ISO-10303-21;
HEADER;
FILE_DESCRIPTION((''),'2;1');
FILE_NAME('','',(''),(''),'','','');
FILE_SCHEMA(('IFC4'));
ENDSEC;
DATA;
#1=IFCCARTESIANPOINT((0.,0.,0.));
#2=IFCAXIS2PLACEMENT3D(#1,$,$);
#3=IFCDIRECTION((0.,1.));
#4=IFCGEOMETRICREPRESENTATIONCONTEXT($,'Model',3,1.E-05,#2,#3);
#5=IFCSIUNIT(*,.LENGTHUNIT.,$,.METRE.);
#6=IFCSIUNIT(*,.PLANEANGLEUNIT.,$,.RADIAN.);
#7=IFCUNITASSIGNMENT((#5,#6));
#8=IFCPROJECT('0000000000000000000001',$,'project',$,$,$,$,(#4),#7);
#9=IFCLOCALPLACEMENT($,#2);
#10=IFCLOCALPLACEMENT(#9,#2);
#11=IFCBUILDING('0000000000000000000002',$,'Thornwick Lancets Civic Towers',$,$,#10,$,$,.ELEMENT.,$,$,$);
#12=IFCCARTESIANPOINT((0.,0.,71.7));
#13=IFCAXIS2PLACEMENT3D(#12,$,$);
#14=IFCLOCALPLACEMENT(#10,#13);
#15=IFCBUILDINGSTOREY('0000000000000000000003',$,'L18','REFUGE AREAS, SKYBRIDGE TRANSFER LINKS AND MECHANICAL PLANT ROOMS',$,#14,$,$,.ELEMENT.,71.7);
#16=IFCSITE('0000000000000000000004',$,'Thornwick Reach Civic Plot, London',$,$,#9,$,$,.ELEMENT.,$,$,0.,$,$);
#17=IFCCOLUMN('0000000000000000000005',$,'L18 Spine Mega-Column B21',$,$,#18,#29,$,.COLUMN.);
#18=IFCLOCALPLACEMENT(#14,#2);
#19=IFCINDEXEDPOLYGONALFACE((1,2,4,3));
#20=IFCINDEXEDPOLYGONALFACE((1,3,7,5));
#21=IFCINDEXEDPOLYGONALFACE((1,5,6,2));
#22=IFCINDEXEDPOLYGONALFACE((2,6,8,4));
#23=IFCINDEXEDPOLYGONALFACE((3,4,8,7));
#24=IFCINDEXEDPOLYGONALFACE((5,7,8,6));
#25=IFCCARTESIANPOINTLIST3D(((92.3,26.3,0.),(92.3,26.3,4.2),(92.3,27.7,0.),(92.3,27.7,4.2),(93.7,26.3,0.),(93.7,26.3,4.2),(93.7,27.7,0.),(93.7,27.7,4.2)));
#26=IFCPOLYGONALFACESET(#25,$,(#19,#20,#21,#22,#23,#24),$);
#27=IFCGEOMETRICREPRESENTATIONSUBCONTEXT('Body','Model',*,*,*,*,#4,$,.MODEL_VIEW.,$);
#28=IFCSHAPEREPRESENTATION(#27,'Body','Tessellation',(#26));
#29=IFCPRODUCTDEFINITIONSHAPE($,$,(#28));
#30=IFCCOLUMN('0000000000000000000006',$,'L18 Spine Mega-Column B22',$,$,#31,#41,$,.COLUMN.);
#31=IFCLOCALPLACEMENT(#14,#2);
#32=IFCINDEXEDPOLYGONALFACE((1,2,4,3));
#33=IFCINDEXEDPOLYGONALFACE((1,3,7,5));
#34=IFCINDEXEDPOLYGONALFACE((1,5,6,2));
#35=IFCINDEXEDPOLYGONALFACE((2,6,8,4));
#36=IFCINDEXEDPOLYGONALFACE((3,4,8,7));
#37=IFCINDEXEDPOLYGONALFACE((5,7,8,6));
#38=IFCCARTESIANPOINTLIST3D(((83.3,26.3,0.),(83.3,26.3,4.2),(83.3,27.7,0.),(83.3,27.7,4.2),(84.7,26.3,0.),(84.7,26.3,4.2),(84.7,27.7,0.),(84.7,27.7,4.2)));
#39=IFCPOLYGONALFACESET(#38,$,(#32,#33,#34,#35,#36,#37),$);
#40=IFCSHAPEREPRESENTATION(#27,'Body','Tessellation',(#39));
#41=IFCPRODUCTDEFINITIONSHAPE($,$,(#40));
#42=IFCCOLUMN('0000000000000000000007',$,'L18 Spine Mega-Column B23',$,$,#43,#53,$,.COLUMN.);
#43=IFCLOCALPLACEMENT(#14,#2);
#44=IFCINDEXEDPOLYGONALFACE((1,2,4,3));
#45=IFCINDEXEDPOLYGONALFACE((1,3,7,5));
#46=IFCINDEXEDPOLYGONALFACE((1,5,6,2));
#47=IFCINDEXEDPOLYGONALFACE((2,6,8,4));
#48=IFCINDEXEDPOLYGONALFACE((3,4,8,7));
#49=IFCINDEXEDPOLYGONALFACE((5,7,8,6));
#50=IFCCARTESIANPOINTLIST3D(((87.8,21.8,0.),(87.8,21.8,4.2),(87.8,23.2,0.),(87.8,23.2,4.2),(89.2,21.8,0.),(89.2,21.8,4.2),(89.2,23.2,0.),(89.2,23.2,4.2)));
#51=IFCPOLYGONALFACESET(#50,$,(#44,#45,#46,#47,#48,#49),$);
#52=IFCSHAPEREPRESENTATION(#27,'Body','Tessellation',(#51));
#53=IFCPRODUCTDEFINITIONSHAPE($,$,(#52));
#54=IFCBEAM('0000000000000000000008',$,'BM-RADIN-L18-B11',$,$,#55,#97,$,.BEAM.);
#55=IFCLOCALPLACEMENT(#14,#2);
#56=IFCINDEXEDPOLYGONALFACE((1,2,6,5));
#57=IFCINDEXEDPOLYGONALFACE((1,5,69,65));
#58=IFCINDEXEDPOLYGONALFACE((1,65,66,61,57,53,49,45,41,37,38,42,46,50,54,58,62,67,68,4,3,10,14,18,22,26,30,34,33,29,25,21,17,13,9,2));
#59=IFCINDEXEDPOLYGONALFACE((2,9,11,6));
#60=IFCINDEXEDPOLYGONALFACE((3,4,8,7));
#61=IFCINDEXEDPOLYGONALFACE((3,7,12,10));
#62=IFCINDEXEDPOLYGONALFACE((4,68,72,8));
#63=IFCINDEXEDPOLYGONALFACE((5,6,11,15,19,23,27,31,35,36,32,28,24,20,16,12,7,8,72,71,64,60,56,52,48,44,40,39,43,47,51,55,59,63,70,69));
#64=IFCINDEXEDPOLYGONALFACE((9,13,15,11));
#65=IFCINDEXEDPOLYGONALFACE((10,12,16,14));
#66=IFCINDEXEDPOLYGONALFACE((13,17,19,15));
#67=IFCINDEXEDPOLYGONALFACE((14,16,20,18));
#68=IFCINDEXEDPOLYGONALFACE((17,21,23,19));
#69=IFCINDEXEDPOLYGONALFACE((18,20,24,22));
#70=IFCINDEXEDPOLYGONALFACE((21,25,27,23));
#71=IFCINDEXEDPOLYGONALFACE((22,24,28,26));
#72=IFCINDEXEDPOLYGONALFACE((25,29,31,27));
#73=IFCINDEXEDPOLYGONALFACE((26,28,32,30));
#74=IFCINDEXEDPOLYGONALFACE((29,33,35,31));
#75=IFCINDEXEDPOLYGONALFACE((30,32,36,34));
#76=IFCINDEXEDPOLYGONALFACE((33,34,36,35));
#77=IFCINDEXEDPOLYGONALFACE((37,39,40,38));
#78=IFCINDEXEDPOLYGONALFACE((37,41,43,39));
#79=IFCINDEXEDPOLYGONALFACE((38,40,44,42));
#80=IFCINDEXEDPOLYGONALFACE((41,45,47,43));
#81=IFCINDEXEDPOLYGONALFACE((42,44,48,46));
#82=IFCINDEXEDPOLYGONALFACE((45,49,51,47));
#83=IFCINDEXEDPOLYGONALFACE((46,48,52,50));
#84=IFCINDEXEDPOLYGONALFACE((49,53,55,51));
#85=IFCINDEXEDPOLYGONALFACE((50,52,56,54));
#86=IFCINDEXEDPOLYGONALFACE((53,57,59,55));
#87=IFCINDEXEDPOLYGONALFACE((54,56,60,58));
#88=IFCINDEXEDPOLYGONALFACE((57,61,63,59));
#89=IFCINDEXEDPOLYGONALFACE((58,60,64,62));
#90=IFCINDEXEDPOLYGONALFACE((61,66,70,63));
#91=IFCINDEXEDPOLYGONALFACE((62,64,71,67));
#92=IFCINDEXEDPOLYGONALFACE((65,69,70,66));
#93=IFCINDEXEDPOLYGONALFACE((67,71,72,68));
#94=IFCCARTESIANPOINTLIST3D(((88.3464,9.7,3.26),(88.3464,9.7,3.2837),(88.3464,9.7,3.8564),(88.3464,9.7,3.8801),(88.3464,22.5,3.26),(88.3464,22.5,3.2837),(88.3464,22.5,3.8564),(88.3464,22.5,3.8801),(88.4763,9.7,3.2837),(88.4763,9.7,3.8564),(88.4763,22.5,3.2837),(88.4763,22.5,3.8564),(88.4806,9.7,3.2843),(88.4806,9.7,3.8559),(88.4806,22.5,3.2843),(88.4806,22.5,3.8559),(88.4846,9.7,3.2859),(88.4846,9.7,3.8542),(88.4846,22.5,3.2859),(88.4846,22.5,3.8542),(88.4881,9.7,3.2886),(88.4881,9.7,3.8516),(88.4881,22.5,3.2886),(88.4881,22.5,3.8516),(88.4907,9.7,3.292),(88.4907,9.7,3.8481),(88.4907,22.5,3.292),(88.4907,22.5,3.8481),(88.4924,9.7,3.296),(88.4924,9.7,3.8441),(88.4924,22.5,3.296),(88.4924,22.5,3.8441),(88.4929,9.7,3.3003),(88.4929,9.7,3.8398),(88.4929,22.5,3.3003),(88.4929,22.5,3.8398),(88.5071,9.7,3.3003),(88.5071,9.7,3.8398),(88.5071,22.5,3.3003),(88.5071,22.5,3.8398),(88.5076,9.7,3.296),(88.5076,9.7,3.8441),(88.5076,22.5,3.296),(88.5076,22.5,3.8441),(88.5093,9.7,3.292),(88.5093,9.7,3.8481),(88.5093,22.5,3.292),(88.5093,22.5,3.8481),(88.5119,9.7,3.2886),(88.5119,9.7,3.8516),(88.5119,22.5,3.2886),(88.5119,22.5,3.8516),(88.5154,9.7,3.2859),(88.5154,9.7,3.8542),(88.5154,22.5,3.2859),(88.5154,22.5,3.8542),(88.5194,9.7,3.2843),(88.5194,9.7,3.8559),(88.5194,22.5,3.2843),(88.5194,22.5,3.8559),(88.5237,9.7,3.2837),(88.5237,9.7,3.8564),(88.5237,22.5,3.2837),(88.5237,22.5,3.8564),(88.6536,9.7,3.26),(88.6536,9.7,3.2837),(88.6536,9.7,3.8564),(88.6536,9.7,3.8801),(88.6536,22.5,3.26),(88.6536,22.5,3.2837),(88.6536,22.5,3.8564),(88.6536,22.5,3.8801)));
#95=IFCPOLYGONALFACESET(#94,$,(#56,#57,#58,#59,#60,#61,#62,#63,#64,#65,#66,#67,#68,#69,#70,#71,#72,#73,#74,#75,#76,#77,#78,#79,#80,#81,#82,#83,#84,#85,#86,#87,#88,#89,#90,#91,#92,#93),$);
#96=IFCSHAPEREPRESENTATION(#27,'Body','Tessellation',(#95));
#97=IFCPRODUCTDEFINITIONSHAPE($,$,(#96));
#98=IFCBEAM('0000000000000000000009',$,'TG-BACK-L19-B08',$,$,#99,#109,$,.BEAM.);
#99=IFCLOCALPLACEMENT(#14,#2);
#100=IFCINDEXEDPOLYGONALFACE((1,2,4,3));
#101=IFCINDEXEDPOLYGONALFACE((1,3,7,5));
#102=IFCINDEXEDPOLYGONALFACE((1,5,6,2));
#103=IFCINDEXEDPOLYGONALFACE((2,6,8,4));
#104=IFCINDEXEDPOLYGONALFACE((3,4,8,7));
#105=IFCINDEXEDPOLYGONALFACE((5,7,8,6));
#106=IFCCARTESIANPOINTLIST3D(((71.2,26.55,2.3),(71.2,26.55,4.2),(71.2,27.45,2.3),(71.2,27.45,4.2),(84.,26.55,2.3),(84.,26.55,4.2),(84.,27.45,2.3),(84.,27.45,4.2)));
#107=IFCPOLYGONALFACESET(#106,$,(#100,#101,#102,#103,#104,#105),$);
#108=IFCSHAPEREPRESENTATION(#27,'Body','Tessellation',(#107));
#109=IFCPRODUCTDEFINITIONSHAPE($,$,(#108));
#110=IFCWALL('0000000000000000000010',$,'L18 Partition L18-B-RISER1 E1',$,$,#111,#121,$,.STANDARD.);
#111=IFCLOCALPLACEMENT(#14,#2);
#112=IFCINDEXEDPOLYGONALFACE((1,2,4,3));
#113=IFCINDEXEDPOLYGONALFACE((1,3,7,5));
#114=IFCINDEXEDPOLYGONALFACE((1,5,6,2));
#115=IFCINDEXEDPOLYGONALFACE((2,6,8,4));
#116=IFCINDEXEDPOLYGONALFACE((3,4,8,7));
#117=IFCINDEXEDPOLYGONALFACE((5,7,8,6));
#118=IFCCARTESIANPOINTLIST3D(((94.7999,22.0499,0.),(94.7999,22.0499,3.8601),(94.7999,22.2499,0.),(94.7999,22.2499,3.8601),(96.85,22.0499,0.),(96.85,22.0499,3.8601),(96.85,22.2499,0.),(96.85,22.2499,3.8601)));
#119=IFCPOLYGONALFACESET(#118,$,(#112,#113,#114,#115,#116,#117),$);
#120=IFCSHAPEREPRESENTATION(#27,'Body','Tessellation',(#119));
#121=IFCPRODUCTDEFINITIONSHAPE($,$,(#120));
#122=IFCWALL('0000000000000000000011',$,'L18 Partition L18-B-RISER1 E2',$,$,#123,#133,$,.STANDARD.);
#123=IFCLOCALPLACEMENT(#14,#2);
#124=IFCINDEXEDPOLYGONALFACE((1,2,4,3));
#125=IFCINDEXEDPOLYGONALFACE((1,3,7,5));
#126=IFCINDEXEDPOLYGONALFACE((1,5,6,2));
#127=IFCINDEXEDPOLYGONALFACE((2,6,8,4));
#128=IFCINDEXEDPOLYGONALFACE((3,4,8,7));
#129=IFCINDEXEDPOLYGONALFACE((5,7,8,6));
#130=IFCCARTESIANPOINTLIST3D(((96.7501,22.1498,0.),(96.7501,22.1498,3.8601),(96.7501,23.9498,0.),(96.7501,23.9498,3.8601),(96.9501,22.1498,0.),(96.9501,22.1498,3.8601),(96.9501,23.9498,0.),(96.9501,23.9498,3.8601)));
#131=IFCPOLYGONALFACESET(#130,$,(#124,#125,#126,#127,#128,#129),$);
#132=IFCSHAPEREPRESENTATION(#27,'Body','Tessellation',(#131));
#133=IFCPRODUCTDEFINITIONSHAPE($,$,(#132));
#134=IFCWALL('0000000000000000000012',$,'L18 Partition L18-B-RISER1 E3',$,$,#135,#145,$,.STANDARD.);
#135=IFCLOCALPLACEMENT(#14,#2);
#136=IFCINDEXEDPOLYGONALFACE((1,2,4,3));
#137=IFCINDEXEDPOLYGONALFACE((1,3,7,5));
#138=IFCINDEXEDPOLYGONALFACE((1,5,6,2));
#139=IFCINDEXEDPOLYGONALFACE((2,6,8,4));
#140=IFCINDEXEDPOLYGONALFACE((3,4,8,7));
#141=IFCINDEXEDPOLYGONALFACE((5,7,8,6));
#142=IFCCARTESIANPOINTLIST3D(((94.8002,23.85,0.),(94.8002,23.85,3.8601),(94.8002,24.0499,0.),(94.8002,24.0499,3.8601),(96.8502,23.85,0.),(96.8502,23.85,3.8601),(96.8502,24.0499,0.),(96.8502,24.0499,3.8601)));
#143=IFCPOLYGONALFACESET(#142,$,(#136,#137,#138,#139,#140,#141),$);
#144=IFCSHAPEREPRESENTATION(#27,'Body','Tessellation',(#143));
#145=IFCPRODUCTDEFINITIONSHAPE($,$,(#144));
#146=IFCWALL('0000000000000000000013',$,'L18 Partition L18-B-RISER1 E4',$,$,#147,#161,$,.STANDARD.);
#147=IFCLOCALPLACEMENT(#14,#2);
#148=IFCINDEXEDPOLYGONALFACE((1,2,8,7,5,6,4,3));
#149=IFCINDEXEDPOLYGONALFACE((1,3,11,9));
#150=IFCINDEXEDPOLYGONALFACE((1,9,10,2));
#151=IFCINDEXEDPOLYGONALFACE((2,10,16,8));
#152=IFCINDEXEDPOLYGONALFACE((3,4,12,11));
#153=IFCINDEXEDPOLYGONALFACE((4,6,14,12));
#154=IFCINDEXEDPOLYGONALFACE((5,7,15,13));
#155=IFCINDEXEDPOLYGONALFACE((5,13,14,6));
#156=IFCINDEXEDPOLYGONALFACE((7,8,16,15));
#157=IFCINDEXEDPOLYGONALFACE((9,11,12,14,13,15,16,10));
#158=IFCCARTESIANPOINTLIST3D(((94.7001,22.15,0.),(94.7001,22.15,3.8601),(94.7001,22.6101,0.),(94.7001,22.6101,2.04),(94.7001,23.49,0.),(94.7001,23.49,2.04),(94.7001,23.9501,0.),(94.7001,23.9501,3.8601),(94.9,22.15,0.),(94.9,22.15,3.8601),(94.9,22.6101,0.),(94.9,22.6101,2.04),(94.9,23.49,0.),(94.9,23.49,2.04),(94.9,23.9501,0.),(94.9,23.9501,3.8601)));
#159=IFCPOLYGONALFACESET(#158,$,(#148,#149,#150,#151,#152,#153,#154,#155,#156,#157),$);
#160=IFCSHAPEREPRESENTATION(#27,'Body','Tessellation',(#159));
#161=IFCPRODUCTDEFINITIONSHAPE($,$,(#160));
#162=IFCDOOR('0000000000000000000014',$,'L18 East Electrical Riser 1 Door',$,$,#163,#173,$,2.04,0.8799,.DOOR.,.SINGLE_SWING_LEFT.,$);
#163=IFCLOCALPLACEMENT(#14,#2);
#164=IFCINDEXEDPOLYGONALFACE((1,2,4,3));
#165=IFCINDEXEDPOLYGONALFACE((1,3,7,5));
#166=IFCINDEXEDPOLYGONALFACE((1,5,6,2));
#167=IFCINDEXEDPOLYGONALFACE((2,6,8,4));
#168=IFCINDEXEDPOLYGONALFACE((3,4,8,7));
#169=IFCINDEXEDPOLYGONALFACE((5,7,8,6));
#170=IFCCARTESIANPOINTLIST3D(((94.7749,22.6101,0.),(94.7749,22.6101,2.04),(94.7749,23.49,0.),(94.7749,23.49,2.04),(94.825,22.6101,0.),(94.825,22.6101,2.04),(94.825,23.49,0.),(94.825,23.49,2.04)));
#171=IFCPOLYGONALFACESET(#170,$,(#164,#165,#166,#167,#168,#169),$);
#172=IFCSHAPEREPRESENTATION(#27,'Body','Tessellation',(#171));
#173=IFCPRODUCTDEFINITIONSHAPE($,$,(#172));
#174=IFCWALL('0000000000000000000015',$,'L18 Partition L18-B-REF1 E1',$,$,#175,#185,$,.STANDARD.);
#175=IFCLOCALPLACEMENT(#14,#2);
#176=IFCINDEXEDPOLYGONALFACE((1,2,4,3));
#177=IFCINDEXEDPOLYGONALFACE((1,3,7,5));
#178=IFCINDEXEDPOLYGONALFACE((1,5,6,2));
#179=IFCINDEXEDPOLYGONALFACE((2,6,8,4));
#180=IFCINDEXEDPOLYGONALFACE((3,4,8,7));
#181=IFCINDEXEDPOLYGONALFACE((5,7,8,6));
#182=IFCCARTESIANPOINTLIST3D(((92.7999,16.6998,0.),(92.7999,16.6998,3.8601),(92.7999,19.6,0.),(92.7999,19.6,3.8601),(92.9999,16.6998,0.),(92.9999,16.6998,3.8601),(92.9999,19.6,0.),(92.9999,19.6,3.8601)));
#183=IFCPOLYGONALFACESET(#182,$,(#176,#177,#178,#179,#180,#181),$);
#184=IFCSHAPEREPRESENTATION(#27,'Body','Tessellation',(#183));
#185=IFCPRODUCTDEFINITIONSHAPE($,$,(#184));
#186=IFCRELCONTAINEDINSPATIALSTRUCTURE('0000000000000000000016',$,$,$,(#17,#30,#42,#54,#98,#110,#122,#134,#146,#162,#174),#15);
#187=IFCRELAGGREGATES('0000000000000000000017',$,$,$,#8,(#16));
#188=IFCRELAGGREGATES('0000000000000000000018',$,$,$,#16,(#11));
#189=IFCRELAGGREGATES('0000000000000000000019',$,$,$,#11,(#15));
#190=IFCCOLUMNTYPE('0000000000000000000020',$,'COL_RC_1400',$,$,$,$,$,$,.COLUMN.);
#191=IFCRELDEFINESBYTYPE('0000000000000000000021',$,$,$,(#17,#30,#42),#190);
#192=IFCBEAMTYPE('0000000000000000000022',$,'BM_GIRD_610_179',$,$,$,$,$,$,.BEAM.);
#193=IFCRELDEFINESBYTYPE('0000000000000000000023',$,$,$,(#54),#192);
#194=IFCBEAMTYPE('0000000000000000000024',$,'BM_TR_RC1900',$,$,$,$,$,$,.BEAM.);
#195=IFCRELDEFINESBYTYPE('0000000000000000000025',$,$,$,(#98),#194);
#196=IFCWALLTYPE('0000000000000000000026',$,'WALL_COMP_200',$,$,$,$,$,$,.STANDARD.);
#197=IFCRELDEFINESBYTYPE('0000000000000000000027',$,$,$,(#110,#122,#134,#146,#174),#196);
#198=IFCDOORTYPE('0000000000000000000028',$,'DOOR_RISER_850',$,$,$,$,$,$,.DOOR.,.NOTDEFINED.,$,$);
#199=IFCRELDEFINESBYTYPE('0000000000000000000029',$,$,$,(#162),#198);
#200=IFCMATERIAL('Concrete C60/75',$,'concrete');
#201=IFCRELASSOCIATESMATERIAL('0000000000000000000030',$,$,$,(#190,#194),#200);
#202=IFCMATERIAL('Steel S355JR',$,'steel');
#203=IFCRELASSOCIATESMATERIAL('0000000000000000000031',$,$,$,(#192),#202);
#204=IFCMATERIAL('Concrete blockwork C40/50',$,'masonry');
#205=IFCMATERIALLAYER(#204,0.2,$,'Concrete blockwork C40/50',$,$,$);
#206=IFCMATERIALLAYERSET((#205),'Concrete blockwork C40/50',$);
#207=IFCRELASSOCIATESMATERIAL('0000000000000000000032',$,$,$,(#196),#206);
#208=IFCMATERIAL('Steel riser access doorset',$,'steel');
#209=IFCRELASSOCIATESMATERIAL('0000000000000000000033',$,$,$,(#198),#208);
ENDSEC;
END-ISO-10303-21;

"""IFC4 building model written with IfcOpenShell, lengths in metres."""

from ifc_helpers import new_model, si_unit, direction, frame, frame_2d, origin, origin_2d, place, context, subcontext, project, spatial, rectangle, i_section, extrude, material, layer, layer_set, material_profile, profile_set, type_object, element, fill, save


model = new_model("IFC4")

# Units and contexts
model_context = context("Model", 3, precision=1e-05, world=origin(), true_north=direction((0.0, 1.0)))
body_context = subcontext(model_context, "Body", "Model", "MODEL_VIEW")
ifc_project = project(units=[si_unit("LENGTHUNIT", "METRE"), si_unit("PLANEANGLEUNIT", "RADIAN")], contexts=[model_context])

# Site, building, storey
site_placement = place(None, origin())
site = spatial("IfcSite", under=ifc_project, at=site_placement, Name="Thornwick Reach Civic Plot, London", CompositionType="ELEMENT", RefElevation=0.0)
building_placement = place(site_placement, origin())
building = spatial("IfcBuilding", under=site, at=building_placement, Name="Thornwick Lancets Civic Towers", CompositionType="ELEMENT")
storey_placement = place(building_placement, frame((0.0, 0.0, 71.7)))
storey = spatial("IfcBuildingStorey", under=building, at=storey_placement, Name="L18", Description="REFUGE AREAS, SKYBRIDGE TRANSFER LINKS AND MECHANICAL PLANT ROOMS", CompositionType="ELEMENT", Elevation=71.7)

# Columns
ifc_material_1 = material(Name="Concrete C60/75", Category="concrete")
ifc_material_profile_1 = material_profile(ifc_material_1, rectangle(XDim=1.3999, YDim=1.3999, at=origin_2d()), Name="RC 1400x1400")
ifc_profile_set_1 = profile_set([ifc_material_profile_1], Name="Concrete C60/75")
column_type = type_object("IfcColumnType", Name="COL_RC_1400", PredefinedType="COLUMN", material=ifc_profile_set_1)
for number, where, z_axis, x_axis, name in (
    (1, (93.0, 27.0, 0.0), (0.0, 0.0, 1.0), (1.0, 0.0, 0.0), "L18 Spine Mega-Column B21"),
    (2, (84.0, 27.0, 0.0), (0.0, 0.0, 1.0), (1.0, 0.0, 0.0), "L18 Spine Mega-Column B22"),
    (3, (88.5, 22.5, 0.0), (0.0, 0.0, 1.0), (1.0, 0.0, 0.0), "L18 Spine Mega-Column B23"),
):
    element("IfcColumn", number, at=place(storey_placement, frame(where, z_axis=z_axis, x_axis=x_axis)), inside=storey, type_object=column_type, Name=name, PredefinedType="COLUMN", context=body_context, shape_type="SweptSolid", body=[
        extrude(rectangle(XDim=1.3999, YDim=1.3999, at=origin_2d()), origin(), (0.0, 0.0, 1.0), 4.2),
    ])

# Beams
ifc_material_2 = material(Name="Steel S355JR", Category="steel")
ifc_material_profile_2 = material_profile(ifc_material_2, i_section(OverallWidth=0.3071, OverallDepth=0.6201, WebThickness=0.0142, FlangeThickness=0.0237, FilletRadius=0.0166, at=origin_2d()), Name="UKB 610x305x179")
ifc_profile_set_2 = profile_set([ifc_material_profile_2], Name="Steel S355JR")
beam_type_1 = type_object("IfcBeamType", Name="BM_GIRD_610_179", PredefinedType="BEAM", material=ifc_profile_set_2)
beam_1_placement = place(storey_placement, frame((88.5, 22.5, 3.5701), z_axis=(0.0, -1.0, 0.0), x_axis=(1.0, 0.0, 0.0)))
element("IfcBeam", 4, at=beam_1_placement, inside=storey, type_object=beam_type_1, Name="BM-RADIN-L18-B11", PredefinedType="BEAM", context=body_context, shape_type="SweptSolid", body=[
    extrude(i_section(OverallWidth=0.3071, OverallDepth=0.6201, WebThickness=0.0142, FlangeThickness=0.0237, FilletRadius=0.0166, at=origin_2d()), origin(), (0.0, 0.0, 1.0), 12.8),
])
ifc_material_profile_3 = material_profile(ifc_material_1, rectangle(XDim=0.8999, YDim=1.8999, at=origin_2d()), Name="RC 900x1900")
ifc_profile_set_3 = profile_set([ifc_material_profile_3], Name="Concrete C60/75")
beam_type_2 = type_object("IfcBeamType", Name="BM_TR_RC1900", PredefinedType="BEAM", material=ifc_profile_set_3)
beam_2_placement = place(storey_placement, frame((84.0, 27.0, 3.25), z_axis=(-1.0, 0.0, 0.0), x_axis=(0.0, -1.0, 0.0)))
element("IfcBeam", 5, at=beam_2_placement, inside=storey, type_object=beam_type_2, Name="TG-BACK-L19-B08", PredefinedType="BEAM", context=body_context, shape_type="SweptSolid", body=[
    extrude(rectangle(XDim=0.8999, YDim=1.8999, at=origin_2d()), origin(), (0.0, 0.0, 1.0), 12.8),
])

# Walls
ifc_material_3 = material(Name="Concrete blockwork C40/50", Category="masonry")
ifc_layer_1 = layer(ifc_material_3, 0.2, Name="Concrete blockwork C40/50")
ifc_layer_set_1 = layer_set([ifc_layer_1], Name="Concrete blockwork C40/50")
wall_type_1 = type_object("IfcWallType", Name="WALL_COMP_200", PredefinedType="STANDARD", material=ifc_layer_set_1)
wall_1_placement = place(storey_placement, frame((94.8, 22.1499, 0.0), z_axis=(0.0, 0.0, 1.0), x_axis=(1.0, 0.0, 0.0)))
element("IfcWall", 6, at=wall_1_placement, inside=storey, type_object=wall_type_1, Name="L18 Partition L18-B-RISER1 E1", PredefinedType="STANDARD", context=body_context, shape_type="SweptSolid", body=[
    extrude(rectangle(XDim=2.05, YDim=0.2, at=frame_2d((1.0249, 0.0))), origin(), (0.0, 0.0, 1.0), 3.8601),
])
wall_2_placement = place(storey_placement, frame((96.8501, 22.1499, 0.0), z_axis=(0.0, 0.0, 1.0), x_axis=(0.0, 1.0, 0.0)))
element("IfcWall", 7, at=wall_2_placement, inside=storey, type_object=wall_type_1, Name="L18 Partition L18-B-RISER1 E2", PredefinedType="STANDARD", context=body_context, shape_type="SweptSolid", body=[
    extrude(rectangle(XDim=1.8, YDim=0.2, at=frame_2d((0.8999, 0.0))), origin(), (0.0, 0.0, 1.0), 3.8601),
])
wall_3_placement = place(storey_placement, frame((96.8501, 23.95, 0.0), z_axis=(0.0, 0.0, 1.0), x_axis=(-1.0, 0.0, 0.0)))
element("IfcWall", 8, at=wall_3_placement, inside=storey, type_object=wall_type_1, Name="L18 Partition L18-B-RISER1 E3", PredefinedType="STANDARD", context=body_context, shape_type="SweptSolid", body=[
    extrude(rectangle(XDim=2.05, YDim=0.2, at=frame_2d((1.0249, 0.0))), origin(), (0.0, 0.0, 1.0), 3.8601),
])

# Wall, opening, door
wall_4_placement = place(storey_placement, frame((94.8, 23.95, 0.0), z_axis=(0.0, 0.0, 1.0), x_axis=(0.0, -1.0, 0.0)))
wall_4 = element("IfcWall", 9, at=wall_4_placement, inside=storey, type_object=wall_type_1, Name="L18 Partition L18-B-RISER1 E4", PredefinedType="STANDARD", context=body_context, shape_type="SweptSolid", body=[
    extrude(rectangle(XDim=1.8, YDim=0.2, at=frame_2d((0.8999, 0.0))), origin(), (0.0, 0.0, 1.0), 3.8601),
])
opening_1_placement = place(wall_4_placement, frame((0.46, 0.0, 0.0)))
opening_1 = element("IfcOpeningElement", 10, at=opening_1_placement, cuts=wall_4, PredefinedType="OPENING", context=body_context, shape_type="SweptSolid", body=[
    extrude(rectangle(XDim=0.8799, YDim=2.04, at=frame_2d((0.4399, 1.02))), frame((0.0, 0.1099, 0.0), z_axis=(0.0, -1.0, 0.0), x_axis=(1.0, 0.0, 0.0)), (0.0, 0.0, 1.0), 0.22),
])
ifc_material_4 = material(Name="Steel riser access doorset", Category="steel")
door_type_1 = type_object("IfcDoorType", Name="DOOR_RISER_850", OperationType="NOTDEFINED", PredefinedType="DOOR", material=ifc_material_4)
door_1_placement = place(opening_1_placement, origin())
door_1 = element("IfcDoor", 11, at=door_1_placement, inside=storey, type_object=door_type_1, Name="L18 East Electrical Riser 1 Door", OperationType="SINGLE_SWING_LEFT", OverallHeight=2.04, OverallWidth=0.8799, PredefinedType="DOOR", context=body_context, shape_type="SweptSolid", body=[
    extrude(rectangle(XDim=0.8799, YDim=2.04, at=frame_2d((0.4399, 1.02))), frame((0.0, 0.0249, 0.0), z_axis=(0.0, -1.0, 0.0), x_axis=(1.0, 0.0, 0.0)), (0.0, 0.0, 1.0), 0.05),
])
fill(opening_1, door_1)

# Wall
wall_5_placement = place(storey_placement, frame((92.8999, 19.6001, 0.0), z_axis=(0.0, 0.0, 1.0), x_axis=(0.0, -1.0, 0.0)))
element("IfcWall", 12, at=wall_5_placement, inside=storey, type_object=wall_type_1, Name="L18 Partition L18-B-REF1 E1", PredefinedType="STANDARD", context=body_context, shape_type="SweptSolid", body=[
    extrude(rectangle(XDim=2.9001, YDim=0.2, at=frame_2d((1.4502, 0.0))), origin(), (0.0, 0.0, 1.0), 3.8601),
])

save(model, "model.ifc")
